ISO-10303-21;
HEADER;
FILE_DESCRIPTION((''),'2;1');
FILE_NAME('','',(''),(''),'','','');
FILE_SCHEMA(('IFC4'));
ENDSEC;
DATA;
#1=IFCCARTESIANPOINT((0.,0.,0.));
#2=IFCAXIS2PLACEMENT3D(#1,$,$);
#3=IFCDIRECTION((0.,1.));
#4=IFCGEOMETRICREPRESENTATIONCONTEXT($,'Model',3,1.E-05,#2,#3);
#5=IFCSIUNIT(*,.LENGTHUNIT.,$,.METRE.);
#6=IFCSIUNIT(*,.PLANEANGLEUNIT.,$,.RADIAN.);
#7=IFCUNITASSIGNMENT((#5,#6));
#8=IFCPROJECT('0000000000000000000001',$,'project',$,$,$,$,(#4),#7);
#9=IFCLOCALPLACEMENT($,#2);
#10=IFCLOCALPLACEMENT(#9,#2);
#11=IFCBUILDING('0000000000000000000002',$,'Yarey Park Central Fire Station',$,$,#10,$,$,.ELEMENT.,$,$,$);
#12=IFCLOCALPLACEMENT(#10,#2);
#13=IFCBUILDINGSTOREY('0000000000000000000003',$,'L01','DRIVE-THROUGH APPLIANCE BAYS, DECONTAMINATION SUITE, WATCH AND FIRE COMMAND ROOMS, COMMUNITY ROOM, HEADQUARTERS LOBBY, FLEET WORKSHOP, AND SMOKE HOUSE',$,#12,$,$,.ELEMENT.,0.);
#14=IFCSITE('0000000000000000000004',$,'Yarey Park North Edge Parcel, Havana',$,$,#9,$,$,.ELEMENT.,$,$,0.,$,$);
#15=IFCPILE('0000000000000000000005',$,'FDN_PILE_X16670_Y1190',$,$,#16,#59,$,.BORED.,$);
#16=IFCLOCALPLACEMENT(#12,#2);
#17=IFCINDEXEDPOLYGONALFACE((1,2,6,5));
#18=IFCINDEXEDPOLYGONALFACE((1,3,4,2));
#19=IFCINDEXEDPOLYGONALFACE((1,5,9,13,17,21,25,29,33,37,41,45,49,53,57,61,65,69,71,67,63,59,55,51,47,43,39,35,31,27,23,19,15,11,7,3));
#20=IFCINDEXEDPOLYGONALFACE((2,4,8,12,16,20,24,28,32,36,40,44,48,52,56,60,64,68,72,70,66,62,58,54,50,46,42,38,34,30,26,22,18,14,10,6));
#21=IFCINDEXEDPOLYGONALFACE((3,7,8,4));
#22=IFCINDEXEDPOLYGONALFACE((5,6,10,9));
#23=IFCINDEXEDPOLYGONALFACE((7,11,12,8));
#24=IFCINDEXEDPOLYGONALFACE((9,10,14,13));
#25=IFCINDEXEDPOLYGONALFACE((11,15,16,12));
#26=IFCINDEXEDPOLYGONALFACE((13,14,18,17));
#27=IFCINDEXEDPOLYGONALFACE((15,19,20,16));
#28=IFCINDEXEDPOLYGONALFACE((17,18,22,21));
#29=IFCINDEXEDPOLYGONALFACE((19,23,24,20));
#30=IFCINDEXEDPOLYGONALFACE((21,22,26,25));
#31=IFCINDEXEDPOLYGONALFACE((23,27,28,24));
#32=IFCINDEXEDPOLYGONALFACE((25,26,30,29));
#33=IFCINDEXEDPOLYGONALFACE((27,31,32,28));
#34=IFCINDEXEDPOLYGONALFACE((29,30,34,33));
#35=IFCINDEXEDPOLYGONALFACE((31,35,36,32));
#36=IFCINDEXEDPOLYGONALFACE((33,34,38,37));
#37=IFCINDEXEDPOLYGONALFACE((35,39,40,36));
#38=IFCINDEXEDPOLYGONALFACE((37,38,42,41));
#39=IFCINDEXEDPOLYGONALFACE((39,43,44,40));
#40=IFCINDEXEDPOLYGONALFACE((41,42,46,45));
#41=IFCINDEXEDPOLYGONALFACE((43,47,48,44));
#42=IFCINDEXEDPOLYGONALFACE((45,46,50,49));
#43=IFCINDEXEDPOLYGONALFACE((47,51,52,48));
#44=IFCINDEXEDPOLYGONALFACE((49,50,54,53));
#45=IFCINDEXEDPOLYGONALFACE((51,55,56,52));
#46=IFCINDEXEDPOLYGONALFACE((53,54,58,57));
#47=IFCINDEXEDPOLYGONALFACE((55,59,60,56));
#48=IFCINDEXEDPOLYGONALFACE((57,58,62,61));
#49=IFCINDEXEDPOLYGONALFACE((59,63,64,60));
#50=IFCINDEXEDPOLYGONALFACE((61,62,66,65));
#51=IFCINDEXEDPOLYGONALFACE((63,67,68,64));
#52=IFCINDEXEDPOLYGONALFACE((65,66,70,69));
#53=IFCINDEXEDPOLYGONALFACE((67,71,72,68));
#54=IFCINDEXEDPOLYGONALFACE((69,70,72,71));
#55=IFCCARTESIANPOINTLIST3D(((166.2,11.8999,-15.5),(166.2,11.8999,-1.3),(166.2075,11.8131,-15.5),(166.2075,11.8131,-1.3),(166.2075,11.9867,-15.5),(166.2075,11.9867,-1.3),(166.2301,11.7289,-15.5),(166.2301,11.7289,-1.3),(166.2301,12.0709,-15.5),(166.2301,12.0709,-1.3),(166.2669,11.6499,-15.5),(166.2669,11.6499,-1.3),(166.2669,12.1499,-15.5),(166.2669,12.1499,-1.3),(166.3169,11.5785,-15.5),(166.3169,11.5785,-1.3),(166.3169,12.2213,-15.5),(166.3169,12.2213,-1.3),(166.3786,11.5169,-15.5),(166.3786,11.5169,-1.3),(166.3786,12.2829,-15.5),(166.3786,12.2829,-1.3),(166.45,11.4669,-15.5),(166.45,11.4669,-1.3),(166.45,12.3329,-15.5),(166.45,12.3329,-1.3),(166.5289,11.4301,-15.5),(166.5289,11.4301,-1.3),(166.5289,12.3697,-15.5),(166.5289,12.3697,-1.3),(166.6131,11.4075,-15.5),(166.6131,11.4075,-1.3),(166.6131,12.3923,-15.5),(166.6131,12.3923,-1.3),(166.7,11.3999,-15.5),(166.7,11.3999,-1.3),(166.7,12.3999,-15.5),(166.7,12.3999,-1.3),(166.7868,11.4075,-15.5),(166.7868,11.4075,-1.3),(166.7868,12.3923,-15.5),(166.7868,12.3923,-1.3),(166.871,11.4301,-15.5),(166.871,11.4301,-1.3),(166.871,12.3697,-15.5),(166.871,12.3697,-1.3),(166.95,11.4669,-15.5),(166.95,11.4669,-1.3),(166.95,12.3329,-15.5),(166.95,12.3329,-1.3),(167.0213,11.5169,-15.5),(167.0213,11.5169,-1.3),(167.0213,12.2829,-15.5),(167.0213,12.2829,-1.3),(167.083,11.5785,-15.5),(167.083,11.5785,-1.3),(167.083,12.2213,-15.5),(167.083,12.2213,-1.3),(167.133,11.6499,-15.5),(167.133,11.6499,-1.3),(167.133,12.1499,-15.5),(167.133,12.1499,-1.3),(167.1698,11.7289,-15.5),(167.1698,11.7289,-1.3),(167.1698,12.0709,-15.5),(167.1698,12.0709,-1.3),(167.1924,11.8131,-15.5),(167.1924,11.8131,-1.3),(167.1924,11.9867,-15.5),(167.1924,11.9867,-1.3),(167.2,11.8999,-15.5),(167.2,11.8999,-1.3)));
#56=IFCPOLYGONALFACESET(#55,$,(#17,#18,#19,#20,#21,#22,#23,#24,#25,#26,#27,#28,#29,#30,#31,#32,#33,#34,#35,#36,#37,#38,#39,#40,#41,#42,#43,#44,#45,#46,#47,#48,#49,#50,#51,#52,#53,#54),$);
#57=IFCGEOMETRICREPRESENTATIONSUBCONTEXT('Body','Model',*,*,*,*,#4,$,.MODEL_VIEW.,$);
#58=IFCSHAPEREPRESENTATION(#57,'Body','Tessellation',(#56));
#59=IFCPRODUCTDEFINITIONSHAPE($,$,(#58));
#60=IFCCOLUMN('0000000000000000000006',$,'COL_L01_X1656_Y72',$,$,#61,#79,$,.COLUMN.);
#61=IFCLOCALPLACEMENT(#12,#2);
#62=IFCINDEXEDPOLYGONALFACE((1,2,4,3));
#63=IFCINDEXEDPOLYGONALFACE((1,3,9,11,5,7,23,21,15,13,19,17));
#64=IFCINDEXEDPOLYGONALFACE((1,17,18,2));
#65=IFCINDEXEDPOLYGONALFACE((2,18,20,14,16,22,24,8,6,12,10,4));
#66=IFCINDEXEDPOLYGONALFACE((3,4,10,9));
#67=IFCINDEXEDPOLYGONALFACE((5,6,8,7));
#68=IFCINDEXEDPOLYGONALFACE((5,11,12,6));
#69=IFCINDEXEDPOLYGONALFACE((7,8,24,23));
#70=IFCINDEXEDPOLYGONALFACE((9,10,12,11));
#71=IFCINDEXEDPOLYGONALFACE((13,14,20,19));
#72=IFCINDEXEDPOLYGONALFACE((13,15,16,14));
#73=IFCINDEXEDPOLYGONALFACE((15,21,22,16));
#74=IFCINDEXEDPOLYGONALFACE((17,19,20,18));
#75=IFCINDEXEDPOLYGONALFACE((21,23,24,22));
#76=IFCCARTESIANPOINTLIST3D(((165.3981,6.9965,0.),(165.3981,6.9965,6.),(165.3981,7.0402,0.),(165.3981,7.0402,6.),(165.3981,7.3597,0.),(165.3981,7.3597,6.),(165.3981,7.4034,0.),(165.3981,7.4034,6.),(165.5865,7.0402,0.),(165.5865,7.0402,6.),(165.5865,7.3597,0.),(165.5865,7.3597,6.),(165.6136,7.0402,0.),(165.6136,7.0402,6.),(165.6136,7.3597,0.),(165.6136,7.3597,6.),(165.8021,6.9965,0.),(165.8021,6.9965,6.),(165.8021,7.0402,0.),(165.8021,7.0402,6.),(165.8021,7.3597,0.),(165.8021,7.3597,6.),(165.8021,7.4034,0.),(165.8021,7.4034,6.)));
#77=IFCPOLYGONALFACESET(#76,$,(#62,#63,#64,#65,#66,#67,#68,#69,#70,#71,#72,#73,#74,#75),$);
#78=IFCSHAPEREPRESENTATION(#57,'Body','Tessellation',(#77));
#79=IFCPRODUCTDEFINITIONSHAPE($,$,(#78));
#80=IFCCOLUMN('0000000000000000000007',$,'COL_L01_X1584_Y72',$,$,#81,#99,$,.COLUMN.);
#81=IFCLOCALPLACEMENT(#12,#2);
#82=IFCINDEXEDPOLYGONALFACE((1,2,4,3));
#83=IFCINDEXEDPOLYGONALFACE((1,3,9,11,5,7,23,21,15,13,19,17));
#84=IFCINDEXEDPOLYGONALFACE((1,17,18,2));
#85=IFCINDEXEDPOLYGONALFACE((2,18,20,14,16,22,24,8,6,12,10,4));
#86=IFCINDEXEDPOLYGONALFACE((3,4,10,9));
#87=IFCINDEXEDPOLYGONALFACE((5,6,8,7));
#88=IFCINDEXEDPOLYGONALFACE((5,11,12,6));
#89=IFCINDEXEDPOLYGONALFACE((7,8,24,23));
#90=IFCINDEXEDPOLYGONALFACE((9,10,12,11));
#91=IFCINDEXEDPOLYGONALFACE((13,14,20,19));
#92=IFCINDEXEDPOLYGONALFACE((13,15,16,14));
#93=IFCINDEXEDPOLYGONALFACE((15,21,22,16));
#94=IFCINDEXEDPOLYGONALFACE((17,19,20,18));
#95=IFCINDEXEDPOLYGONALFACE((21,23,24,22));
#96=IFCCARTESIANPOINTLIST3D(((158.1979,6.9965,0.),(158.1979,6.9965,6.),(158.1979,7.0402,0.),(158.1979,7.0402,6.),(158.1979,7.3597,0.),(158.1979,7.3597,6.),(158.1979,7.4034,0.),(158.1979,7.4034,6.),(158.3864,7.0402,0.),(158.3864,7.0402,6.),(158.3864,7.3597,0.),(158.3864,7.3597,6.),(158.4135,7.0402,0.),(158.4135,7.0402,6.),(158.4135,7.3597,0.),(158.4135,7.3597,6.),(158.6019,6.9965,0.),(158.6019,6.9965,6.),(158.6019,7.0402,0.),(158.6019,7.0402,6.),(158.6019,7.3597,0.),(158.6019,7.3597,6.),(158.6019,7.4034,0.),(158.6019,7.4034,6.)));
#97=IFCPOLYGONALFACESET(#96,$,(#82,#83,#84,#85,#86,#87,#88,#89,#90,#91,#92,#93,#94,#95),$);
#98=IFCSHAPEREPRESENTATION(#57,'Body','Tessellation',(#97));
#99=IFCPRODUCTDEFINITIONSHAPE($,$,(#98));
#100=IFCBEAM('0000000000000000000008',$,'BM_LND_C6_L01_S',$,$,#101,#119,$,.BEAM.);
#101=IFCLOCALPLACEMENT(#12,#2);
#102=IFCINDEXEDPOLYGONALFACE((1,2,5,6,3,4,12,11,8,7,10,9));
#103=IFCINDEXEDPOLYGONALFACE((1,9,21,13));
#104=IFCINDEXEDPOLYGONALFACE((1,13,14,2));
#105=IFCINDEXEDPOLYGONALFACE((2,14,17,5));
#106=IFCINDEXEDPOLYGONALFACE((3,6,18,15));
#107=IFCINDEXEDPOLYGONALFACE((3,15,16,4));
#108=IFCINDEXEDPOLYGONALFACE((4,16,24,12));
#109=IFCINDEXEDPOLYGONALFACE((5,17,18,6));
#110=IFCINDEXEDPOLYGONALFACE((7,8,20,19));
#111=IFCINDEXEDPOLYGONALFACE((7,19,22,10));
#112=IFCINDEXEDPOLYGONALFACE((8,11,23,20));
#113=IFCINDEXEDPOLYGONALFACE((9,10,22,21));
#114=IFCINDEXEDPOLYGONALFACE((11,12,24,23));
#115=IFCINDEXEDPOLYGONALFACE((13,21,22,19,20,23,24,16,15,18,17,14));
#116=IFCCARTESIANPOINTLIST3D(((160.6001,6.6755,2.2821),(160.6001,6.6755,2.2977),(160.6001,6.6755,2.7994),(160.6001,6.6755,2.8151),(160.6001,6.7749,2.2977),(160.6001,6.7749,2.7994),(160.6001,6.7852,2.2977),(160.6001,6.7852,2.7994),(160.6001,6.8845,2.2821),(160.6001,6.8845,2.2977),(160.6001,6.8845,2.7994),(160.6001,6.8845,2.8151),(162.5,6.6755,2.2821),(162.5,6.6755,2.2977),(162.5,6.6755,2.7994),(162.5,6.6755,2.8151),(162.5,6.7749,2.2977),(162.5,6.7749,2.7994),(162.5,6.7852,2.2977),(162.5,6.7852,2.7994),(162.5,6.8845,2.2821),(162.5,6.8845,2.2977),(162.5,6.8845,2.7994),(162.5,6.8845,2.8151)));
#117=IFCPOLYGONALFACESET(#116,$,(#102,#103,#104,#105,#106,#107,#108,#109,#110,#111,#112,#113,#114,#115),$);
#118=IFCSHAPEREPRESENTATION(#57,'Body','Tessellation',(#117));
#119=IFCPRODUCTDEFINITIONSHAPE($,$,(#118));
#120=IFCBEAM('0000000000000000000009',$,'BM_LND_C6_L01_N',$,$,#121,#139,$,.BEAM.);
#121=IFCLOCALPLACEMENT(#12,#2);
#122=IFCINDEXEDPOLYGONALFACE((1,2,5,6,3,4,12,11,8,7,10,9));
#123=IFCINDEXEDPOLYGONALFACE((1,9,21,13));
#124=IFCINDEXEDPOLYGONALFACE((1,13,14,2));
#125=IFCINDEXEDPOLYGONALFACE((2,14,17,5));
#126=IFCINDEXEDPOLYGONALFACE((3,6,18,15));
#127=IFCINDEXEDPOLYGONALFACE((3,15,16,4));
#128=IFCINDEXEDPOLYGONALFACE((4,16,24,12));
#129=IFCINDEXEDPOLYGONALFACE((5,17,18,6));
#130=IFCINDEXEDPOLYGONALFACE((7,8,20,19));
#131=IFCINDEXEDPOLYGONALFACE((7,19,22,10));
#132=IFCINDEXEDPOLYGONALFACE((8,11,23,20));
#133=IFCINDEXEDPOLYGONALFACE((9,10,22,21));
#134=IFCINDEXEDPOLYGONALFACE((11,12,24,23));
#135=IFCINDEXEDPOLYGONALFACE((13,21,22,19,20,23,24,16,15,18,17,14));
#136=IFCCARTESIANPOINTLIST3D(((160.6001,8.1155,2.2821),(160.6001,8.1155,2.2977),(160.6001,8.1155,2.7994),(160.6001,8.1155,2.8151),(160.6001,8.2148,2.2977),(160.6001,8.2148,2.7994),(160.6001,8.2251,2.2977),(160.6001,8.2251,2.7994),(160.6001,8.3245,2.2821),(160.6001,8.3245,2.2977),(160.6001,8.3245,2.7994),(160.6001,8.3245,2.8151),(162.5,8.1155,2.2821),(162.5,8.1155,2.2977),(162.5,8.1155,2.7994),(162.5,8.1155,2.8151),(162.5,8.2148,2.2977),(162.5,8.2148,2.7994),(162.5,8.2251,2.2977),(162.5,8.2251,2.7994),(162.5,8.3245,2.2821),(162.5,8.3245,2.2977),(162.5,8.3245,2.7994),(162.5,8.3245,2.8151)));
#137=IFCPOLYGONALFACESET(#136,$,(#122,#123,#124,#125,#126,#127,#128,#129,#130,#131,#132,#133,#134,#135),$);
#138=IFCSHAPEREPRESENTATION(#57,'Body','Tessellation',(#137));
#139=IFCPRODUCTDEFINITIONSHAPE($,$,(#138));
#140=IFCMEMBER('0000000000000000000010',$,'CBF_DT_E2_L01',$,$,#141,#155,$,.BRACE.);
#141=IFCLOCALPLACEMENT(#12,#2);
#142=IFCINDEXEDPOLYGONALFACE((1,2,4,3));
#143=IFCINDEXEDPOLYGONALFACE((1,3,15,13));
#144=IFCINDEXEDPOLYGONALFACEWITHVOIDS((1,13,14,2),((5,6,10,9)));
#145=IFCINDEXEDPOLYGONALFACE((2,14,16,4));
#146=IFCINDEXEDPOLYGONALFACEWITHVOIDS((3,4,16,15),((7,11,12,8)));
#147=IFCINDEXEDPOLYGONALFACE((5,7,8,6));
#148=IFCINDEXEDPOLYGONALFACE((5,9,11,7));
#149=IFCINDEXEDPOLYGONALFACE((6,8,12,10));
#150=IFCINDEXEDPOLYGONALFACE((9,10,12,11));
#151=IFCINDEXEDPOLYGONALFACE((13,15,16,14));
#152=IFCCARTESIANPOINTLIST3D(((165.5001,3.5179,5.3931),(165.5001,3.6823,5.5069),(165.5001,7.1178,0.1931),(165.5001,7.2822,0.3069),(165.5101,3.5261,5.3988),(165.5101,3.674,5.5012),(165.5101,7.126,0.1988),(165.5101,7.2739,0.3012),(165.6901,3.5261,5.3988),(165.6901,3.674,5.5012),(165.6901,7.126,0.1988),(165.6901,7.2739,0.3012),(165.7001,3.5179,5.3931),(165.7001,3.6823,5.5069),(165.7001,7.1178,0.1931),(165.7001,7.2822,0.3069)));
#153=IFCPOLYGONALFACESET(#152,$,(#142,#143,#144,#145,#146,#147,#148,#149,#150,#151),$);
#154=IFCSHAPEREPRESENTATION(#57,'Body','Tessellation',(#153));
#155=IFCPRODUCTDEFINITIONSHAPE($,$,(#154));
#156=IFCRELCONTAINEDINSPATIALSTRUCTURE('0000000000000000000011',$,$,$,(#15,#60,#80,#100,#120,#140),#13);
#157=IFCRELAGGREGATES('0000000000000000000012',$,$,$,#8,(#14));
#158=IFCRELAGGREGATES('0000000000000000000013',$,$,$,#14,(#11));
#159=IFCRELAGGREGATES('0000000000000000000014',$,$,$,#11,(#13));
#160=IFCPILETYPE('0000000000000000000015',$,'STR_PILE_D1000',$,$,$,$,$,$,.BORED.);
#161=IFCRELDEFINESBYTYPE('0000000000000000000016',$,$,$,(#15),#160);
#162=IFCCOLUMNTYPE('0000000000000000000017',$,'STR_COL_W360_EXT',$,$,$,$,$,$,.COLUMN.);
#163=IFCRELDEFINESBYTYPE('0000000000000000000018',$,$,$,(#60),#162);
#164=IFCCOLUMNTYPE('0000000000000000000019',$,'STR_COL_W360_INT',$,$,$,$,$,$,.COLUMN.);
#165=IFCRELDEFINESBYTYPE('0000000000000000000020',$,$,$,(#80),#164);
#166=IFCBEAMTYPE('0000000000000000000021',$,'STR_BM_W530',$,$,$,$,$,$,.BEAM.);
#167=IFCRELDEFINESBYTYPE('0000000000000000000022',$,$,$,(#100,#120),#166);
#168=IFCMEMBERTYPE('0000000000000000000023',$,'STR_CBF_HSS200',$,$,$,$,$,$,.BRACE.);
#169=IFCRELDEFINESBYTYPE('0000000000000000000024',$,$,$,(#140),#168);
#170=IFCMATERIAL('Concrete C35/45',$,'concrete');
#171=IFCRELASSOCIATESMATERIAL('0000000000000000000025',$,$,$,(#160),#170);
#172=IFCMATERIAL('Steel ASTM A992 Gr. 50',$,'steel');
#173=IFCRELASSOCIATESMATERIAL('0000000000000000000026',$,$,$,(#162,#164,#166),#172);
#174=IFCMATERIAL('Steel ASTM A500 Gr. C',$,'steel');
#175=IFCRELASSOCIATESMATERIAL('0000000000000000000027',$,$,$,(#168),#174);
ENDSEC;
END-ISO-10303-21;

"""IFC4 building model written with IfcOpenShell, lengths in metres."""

from ifc_helpers import new_model, si_unit, direction, frame, origin, origin_2d, place, context, subcontext, project, spatial, hollow_rectangle, circle, i_section, extrude, material, material_profile, profile_set, type_object, element, save


model = new_model("IFC4")

# Units and contexts
model_context = context("Model", 3, precision=1e-05, world=origin(), true_north=direction((0.0, 1.0)))
body_context = subcontext(model_context, "Body", "Model", "MODEL_VIEW")
ifc_project = project(units=[si_unit("LENGTHUNIT", "METRE"), si_unit("PLANEANGLEUNIT", "RADIAN")], contexts=[model_context])

# Site, building, storey
site_placement = place(None, origin())
site = spatial("IfcSite", under=ifc_project, at=site_placement, Name="Yarey Park North Edge Parcel, Havana", CompositionType="ELEMENT", RefElevation=0.0)
building_placement = place(site_placement, origin())
building = spatial("IfcBuilding", under=site, at=building_placement, Name="Yarey Park Central Fire Station", CompositionType="ELEMENT")
storey_placement = place(building_placement, origin())
storey = spatial("IfcBuildingStorey", under=building, at=storey_placement, Name="L01", Description="DRIVE-THROUGH APPLIANCE BAYS, DECONTAMINATION SUITE, WATCH AND FIRE COMMAND ROOMS, COMMUNITY ROOM, HEADQUARTERS LOBBY, FLEET WORKSHOP, AND SMOKE HOUSE", CompositionType="ELEMENT", Elevation=0.0)

# Shared definitions
ifc_material_1 = material(Name="Concrete C35/45", Category="concrete")

# Pile
ifc_material_profile_1 = material_profile(ifc_material_1, circle(Radius=0.5, at=origin_2d()), Name="BORED PILE D1000")
ifc_profile_set_1 = profile_set([ifc_material_profile_1], Name="Concrete C35/45")
pile_type = type_object("IfcPileType", Name="STR_PILE_D1000", PredefinedType="BORED", material=ifc_profile_set_1)
for number, where, z_axis, x_axis, name in (
    (1, (166.7, 11.8999, -1.3), (0.0, 0.0, -1.0), (1.0, 0.0, 0.0), "FDN_PILE_X16670_Y1190"),
):
    element("IfcPile", number, at=place(storey_placement, frame(where, z_axis=z_axis, x_axis=x_axis)), inside=storey, type_object=pile_type, Name=name, PredefinedType="BORED", context=body_context, shape_type="SweptSolid", body=[
        extrude(circle(Radius=0.5, at=origin_2d()), origin(), (0.0, 0.0, 1.0), 14.2),
    ])

# Columns
ifc_material_2 = material(Name="Steel ASTM A992 Gr. 50", Category="steel")
ifc_material_profile_2 = material_profile(ifc_material_2, i_section(OverallWidth=0.4041, OverallDepth=0.407, WebThickness=0.0271, FlangeThickness=0.0437, at=origin_2d()), Name="W360x347")
ifc_profile_set_2 = profile_set([ifc_material_profile_2], Name="Steel ASTM A992 Gr. 50")
column_type_1 = type_object("IfcColumnType", Name="STR_COL_W360_EXT", PredefinedType="COLUMN", material=ifc_profile_set_2)
column_1_placement = place(storey_placement, frame((165.6001, 7.2, 0.0), z_axis=(0.0, 0.0, 1.0), x_axis=(1.0, 0.0, 0.0)))
element("IfcColumn", 2, at=column_1_placement, inside=storey, type_object=column_type_1, Name="COL_L01_X1656_Y72", PredefinedType="COLUMN", context=body_context, shape_type="SweptSolid", body=[
    extrude(i_section(OverallWidth=0.4041, OverallDepth=0.407, WebThickness=0.0271, FlangeThickness=0.0437, at=origin_2d()), origin(), (0.0, 0.0, 1.0), 6.0),
])
ifc_material_profile_3 = material_profile(ifc_material_2, i_section(OverallWidth=0.4041, OverallDepth=0.407, WebThickness=0.0271, FlangeThickness=0.0437, at=origin_2d()), Name="W360x347")
ifc_profile_set_3 = profile_set([ifc_material_profile_3], Name="Steel ASTM A992 Gr. 50")
column_type_2 = type_object("IfcColumnType", Name="STR_COL_W360_INT", PredefinedType="COLUMN", material=ifc_profile_set_3)
column_2_placement = place(storey_placement, frame((158.3999, 7.2, 0.0), z_axis=(0.0, 0.0, 1.0), x_axis=(1.0, 0.0, 0.0)))
element("IfcColumn", 3, at=column_2_placement, inside=storey, type_object=column_type_2, Name="COL_L01_X1584_Y72", PredefinedType="COLUMN", context=body_context, shape_type="SweptSolid", body=[
    extrude(i_section(OverallWidth=0.4041, OverallDepth=0.407, WebThickness=0.0271, FlangeThickness=0.0437, at=origin_2d()), origin(), (0.0, 0.0, 1.0), 6.0),
])

# Beams
ifc_material_profile_4 = material_profile(ifc_material_2, i_section(OverallWidth=0.209, OverallDepth=0.533, WebThickness=0.0103, FlangeThickness=0.0156, at=origin_2d()), Name="W530x92")
ifc_profile_set_4 = profile_set([ifc_material_profile_4], Name="Steel ASTM A992 Gr. 50")
beam_type = type_object("IfcBeamType", Name="STR_BM_W530", PredefinedType="BEAM", material=ifc_profile_set_4)
for number, where, z_axis, x_axis, name in (
    (4, (160.6001, 6.78, 2.5486), (1.0, 0.0, 0.0), (0.0, 1.0, 0.0), "BM_LND_C6_L01_S"),
    (5, (160.6001, 8.22, 2.5486), (1.0, 0.0, 0.0), (0.0, 1.0, 0.0), "BM_LND_C6_L01_N"),
):
    element("IfcBeam", number, at=place(storey_placement, frame(where, z_axis=z_axis, x_axis=x_axis)), inside=storey, type_object=beam_type, Name=name, PredefinedType="BEAM", context=body_context, shape_type="SweptSolid", body=[
        extrude(i_section(OverallWidth=0.209, OverallDepth=0.533, WebThickness=0.0103, FlangeThickness=0.0156, at=origin_2d()), origin(), (0.0, 0.0, 1.0), 1.8999),
    ])

# Member
ifc_material_3 = material(Name="Steel ASTM A500 Gr. C", Category="steel")
ifc_material_profile_5 = material_profile(ifc_material_3, hollow_rectangle(XDim=0.2, YDim=0.2, WallThickness=0.01, at=origin_2d()), Name="HSS 200x200x10")
ifc_profile_set_5 = profile_set([ifc_material_profile_5], Name="Steel ASTM A500 Gr. C")
member_type = type_object("IfcMemberType", Name="STR_CBF_HSS200", PredefinedType="BRACE", material=ifc_profile_set_5)
member_placement = place(storey_placement, frame((165.6001, 7.2, 0.25), z_axis=(0.0, -0.569198, 0.822201), x_axis=(1.0, 0.0, 0.0)))
element("IfcMember", 6, at=member_placement, inside=storey, type_object=member_type, Name="CBF_DT_E2_L01", PredefinedType="BRACE", context=body_context, shape_type="SweptSolid", body=[
    extrude(hollow_rectangle(XDim=0.2, YDim=0.2, WallThickness=0.01, at=origin_2d()), origin(), (0.0, 0.0, 1.0), 6.3245),
])

save(model, "model.ifc")
